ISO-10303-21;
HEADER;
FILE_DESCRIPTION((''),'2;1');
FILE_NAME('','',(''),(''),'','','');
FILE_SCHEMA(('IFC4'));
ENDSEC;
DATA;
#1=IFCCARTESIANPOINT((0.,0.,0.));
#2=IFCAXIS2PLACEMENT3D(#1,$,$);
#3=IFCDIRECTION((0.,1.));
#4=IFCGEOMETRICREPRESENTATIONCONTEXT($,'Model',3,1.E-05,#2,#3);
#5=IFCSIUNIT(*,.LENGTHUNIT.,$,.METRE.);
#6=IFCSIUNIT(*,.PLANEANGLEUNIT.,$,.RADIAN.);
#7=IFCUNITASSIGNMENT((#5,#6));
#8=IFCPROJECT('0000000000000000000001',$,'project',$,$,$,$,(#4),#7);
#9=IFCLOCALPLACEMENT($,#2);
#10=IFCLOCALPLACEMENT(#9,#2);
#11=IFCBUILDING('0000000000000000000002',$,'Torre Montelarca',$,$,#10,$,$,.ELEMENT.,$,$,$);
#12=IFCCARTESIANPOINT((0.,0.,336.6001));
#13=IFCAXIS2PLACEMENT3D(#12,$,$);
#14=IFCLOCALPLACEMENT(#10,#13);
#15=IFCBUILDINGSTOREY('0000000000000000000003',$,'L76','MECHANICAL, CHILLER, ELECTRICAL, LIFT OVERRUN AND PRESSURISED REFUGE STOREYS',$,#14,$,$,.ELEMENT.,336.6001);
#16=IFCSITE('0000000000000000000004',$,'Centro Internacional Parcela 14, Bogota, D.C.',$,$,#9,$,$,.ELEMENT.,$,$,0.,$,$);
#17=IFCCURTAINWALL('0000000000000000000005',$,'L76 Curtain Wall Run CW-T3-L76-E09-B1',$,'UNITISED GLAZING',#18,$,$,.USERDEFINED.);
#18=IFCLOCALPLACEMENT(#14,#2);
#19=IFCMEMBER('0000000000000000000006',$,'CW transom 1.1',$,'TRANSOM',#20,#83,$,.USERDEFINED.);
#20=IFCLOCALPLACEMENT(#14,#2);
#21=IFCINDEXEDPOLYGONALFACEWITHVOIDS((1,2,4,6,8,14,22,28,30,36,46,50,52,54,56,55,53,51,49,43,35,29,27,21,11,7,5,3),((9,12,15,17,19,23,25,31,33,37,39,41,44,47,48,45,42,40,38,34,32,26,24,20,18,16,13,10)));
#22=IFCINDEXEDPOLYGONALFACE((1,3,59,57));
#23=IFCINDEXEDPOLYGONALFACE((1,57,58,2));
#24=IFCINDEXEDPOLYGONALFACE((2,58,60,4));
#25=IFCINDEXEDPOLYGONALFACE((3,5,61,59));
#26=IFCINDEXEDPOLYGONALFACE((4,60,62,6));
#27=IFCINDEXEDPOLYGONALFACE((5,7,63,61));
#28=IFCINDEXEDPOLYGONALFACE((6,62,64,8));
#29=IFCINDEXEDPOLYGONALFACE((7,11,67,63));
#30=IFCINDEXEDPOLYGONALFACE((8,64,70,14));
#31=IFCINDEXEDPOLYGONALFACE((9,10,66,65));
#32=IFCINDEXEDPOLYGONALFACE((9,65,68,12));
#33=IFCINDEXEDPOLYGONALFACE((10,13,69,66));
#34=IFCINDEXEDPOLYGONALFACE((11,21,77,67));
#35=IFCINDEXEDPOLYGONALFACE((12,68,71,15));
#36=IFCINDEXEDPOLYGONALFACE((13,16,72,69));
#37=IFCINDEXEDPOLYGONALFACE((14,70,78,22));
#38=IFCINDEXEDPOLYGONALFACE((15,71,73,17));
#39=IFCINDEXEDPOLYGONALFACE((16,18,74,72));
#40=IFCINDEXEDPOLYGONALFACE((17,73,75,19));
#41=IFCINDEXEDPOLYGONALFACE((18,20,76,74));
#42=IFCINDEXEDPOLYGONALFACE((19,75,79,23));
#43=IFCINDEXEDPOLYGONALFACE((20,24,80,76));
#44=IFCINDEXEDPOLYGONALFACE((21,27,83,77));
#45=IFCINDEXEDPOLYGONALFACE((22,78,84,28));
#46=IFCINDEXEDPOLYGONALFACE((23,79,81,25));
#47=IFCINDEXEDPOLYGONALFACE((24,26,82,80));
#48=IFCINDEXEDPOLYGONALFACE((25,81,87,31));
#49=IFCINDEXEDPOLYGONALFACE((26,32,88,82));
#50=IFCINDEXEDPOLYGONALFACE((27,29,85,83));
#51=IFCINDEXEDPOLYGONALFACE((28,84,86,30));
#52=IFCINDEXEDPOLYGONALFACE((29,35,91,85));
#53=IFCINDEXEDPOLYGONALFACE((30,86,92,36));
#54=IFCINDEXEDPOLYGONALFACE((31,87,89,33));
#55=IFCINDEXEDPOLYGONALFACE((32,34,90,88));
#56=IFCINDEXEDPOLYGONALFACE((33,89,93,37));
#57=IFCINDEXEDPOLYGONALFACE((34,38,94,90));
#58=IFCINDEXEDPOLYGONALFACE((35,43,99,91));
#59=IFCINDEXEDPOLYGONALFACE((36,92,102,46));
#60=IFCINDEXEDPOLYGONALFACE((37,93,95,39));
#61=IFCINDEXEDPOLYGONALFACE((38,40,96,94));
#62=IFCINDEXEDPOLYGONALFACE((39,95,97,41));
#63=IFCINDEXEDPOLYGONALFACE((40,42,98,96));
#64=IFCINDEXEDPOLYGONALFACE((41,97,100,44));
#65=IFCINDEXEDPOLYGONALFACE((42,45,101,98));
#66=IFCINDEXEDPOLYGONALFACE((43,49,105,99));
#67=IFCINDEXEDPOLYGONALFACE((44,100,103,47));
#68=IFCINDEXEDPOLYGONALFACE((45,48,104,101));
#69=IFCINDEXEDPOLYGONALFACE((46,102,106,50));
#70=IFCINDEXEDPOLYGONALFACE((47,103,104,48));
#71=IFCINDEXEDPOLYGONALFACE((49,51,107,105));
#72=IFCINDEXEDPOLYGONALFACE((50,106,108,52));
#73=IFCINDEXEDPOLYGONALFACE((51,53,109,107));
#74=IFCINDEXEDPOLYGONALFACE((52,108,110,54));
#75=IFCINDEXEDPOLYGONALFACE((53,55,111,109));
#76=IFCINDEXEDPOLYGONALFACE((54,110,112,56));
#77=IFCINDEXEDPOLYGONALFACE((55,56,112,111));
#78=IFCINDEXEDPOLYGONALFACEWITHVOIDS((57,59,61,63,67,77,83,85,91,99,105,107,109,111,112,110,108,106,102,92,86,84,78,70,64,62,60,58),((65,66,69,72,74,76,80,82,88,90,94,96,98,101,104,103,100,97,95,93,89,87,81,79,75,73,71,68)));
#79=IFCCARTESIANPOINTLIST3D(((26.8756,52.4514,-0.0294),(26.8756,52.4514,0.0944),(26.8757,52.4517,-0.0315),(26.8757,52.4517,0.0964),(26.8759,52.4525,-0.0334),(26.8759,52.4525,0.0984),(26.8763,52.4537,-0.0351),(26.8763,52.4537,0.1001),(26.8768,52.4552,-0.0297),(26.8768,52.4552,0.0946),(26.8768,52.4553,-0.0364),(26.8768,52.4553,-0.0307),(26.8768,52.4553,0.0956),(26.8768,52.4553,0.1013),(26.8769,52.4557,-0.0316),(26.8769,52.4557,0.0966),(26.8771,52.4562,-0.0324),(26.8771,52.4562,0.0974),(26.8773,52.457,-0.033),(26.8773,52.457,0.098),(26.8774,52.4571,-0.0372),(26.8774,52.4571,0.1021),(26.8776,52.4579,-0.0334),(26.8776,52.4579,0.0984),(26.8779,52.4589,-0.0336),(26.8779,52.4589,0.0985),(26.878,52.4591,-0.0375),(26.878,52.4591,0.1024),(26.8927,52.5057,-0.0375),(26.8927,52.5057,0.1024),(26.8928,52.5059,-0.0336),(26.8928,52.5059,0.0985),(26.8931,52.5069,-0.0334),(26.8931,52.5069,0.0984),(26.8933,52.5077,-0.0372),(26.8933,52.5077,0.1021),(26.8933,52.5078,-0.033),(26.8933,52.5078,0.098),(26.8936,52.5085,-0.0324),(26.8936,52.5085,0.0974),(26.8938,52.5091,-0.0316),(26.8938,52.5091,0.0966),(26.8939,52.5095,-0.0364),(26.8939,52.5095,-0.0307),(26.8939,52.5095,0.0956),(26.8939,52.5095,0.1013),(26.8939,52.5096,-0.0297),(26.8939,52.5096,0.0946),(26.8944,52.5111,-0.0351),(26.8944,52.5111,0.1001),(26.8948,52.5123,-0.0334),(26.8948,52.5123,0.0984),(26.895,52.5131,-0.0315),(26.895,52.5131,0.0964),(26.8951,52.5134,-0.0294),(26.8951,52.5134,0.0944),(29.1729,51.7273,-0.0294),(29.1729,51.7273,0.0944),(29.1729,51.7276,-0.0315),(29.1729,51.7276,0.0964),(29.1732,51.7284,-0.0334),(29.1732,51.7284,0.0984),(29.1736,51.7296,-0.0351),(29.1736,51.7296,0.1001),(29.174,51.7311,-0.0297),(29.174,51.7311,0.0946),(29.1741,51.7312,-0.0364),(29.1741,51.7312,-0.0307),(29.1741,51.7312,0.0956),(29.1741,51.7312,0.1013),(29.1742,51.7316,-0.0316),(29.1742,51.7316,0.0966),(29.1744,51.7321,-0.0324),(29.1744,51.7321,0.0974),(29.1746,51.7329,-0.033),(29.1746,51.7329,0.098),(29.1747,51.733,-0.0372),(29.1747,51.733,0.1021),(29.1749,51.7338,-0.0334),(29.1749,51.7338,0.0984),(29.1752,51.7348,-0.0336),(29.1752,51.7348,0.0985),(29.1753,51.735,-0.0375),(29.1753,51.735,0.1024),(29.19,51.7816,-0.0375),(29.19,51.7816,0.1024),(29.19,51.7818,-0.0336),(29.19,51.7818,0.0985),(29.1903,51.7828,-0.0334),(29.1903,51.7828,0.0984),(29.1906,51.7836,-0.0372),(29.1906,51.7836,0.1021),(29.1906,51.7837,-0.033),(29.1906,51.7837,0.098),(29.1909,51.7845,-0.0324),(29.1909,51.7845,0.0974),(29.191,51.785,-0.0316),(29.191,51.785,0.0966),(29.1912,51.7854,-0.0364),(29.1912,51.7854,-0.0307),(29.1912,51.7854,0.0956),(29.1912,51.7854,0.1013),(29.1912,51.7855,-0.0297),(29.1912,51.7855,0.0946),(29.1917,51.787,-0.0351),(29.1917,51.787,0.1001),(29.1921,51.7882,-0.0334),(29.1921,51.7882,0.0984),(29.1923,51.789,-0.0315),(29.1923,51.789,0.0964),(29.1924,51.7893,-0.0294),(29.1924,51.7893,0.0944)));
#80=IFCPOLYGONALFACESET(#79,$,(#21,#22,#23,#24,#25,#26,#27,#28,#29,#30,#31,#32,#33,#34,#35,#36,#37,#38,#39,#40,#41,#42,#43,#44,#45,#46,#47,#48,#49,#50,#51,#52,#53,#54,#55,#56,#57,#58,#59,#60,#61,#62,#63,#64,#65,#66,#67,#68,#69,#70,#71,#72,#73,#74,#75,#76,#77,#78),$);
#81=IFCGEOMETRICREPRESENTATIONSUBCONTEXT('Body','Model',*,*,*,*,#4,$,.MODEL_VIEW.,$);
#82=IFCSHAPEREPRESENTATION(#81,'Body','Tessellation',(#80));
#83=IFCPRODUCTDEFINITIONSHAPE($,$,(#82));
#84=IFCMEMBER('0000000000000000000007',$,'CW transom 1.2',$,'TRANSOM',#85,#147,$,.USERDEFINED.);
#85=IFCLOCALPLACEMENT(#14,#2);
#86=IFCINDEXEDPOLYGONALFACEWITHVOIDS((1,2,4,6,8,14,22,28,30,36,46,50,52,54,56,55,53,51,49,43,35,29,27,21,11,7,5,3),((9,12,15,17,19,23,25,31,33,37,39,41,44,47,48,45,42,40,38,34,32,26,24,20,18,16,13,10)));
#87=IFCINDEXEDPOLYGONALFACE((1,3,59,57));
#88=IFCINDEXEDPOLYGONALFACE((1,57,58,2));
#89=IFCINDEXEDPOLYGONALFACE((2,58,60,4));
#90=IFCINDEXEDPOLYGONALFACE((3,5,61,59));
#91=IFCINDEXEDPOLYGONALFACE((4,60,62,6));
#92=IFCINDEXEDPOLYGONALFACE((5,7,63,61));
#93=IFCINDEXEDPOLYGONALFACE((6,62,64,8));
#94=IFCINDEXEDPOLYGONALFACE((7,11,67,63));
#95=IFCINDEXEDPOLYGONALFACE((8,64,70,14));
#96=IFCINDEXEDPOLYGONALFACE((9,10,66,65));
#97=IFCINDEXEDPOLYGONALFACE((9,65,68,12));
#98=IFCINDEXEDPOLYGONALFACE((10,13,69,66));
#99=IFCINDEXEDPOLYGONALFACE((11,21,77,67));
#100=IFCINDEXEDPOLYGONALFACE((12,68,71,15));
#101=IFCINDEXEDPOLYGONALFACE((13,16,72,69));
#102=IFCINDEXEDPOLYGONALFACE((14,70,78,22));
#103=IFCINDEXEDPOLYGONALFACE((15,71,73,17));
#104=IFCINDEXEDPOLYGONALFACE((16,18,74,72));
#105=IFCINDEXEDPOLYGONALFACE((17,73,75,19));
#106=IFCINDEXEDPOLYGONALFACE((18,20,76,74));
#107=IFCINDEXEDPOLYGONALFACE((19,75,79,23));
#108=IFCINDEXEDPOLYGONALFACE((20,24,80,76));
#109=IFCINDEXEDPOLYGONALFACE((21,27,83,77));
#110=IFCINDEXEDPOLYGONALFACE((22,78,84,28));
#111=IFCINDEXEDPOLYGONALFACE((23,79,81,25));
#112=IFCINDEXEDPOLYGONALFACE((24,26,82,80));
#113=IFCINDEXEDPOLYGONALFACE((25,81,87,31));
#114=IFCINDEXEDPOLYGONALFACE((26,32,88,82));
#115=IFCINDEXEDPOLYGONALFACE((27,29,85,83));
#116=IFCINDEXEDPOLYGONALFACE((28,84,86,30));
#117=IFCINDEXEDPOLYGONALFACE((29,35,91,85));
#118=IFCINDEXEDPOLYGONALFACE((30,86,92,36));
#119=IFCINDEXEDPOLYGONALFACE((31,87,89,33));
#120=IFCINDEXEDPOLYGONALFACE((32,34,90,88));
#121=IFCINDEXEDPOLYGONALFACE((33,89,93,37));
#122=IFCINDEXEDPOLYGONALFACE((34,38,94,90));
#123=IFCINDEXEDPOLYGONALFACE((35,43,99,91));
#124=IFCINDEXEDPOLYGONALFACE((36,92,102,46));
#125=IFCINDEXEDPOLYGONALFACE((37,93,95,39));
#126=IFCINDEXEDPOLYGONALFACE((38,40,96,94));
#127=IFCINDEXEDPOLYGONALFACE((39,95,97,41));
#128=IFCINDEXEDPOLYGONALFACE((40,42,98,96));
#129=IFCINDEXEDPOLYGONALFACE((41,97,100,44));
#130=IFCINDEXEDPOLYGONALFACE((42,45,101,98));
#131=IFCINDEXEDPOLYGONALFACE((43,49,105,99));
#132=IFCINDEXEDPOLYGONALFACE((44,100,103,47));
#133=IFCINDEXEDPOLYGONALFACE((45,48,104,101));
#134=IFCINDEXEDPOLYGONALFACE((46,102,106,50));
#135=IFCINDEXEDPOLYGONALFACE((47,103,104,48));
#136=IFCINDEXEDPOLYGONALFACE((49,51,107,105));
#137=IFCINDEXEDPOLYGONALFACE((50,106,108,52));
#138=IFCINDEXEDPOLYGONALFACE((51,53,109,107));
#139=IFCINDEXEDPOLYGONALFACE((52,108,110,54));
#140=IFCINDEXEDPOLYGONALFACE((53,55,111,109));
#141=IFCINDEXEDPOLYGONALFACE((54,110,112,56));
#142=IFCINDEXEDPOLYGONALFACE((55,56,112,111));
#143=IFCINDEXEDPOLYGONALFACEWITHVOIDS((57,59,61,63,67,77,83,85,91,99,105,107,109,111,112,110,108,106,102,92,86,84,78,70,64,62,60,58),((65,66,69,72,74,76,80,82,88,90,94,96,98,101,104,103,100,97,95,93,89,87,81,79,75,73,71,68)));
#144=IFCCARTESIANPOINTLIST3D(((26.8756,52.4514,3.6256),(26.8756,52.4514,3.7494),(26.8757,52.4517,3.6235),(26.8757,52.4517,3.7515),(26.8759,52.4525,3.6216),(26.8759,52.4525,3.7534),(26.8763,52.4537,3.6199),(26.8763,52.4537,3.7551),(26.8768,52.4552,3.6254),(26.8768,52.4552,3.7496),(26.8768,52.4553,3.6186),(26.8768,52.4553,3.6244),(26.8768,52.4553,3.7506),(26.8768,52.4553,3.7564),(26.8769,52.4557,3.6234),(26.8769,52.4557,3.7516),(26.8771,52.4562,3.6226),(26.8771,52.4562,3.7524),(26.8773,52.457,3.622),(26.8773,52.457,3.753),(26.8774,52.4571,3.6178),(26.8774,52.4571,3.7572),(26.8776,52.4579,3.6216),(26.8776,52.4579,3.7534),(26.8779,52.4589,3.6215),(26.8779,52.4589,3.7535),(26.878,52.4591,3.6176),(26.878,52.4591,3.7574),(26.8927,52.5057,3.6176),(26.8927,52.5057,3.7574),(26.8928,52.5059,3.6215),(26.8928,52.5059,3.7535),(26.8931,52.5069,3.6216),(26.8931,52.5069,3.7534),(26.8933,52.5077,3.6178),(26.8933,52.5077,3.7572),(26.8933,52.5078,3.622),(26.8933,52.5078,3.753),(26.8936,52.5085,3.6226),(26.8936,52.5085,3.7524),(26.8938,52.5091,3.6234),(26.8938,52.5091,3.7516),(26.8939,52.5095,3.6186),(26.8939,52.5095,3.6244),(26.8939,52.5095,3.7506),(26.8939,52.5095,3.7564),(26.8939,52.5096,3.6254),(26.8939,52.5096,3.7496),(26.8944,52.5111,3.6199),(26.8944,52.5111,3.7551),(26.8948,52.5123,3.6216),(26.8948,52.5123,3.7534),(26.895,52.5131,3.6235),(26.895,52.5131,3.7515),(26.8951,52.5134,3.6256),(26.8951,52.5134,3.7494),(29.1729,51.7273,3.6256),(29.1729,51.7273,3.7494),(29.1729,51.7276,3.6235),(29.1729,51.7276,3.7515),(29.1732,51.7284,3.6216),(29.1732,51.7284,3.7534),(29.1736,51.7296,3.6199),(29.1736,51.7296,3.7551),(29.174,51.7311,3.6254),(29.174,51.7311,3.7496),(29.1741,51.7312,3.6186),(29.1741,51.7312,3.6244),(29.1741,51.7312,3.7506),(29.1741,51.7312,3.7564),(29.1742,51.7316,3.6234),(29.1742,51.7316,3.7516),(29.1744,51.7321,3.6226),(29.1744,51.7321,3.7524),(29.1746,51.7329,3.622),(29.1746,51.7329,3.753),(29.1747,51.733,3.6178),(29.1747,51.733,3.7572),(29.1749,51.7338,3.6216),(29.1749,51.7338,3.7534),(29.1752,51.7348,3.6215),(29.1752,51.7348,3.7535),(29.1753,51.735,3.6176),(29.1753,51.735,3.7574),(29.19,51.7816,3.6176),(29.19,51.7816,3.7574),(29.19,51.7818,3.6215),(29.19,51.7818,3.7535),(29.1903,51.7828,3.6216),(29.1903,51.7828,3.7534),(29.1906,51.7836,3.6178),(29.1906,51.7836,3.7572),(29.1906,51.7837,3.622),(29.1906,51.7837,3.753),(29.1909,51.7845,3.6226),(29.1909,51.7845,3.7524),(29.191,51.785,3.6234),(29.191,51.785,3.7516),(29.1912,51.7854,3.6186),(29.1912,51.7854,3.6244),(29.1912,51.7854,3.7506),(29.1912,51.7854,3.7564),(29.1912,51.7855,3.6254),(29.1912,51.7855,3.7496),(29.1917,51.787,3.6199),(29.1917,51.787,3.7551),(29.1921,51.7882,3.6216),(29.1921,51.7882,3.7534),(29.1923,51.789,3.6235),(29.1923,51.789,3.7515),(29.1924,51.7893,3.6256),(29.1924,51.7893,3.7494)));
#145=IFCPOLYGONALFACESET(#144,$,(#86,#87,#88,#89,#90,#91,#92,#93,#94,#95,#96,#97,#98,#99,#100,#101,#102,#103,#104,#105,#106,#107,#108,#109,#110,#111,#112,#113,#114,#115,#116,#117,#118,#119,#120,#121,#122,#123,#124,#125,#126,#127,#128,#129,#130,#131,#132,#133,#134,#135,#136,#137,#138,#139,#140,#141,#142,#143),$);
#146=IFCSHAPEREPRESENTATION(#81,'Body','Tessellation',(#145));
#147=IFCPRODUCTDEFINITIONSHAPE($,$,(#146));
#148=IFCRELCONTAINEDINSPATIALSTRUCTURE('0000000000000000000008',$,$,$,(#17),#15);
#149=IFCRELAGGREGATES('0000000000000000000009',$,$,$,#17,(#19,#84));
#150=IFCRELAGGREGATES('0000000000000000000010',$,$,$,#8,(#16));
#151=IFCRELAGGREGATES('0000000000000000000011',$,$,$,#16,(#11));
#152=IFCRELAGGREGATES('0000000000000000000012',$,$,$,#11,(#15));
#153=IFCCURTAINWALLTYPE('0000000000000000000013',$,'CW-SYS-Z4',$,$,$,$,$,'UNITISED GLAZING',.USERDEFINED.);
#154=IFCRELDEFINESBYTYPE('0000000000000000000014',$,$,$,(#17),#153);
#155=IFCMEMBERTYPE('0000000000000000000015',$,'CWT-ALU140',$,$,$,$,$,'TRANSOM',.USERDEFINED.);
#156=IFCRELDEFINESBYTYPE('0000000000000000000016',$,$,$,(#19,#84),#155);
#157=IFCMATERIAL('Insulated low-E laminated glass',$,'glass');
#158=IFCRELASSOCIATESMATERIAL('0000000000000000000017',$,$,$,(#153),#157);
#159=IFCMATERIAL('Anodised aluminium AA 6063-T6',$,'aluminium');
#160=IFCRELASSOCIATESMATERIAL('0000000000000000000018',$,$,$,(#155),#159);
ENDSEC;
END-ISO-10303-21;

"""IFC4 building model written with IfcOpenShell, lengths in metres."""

from ifc_helpers import new_model, si_unit, direction, frame, origin, origin_2d, place, context, subcontext, project, spatial, hollow_rectangle, extrude, source, transform, mapped, material, material_profile, profile_set, type_object, element, aggregate, save


model = new_model("IFC4")

# Units and contexts
model_context = context("Model", 3, precision=1e-05, world=origin(), true_north=direction((0.0, 1.0)))
body_context = subcontext(model_context, "Body", "Model", "MODEL_VIEW")
ifc_project = project(units=[si_unit("LENGTHUNIT", "METRE"), si_unit("PLANEANGLEUNIT", "RADIAN")], contexts=[model_context])

# Site, building, storey
site_placement = place(None, origin())
site = spatial("IfcSite", under=ifc_project, at=site_placement, Name="Centro Internacional Parcela 14, Bogota, D.C.", CompositionType="ELEMENT", RefElevation=0.0)
building_placement = place(site_placement, origin())
building = spatial("IfcBuilding", under=site, at=building_placement, Name="Torre Montelarca", CompositionType="ELEMENT")
storey_placement = place(building_placement, frame((0.0, 0.0, 336.6001)))
storey = spatial("IfcBuildingStorey", under=building, at=storey_placement, Name="L76", Description="MECHANICAL, CHILLER, ELECTRICAL, LIFT OVERRUN AND PRESSURISED REFUGE STOREYS", CompositionType="ELEMENT", Elevation=336.6001)

# Curtain wall, members
ifc_material_1 = material(Name="Insulated low-E laminated glass", Category="glass")
curtain_wall_type = type_object("IfcCurtainWallType", Name="CW-SYS-Z4", ElementType="UNITISED GLAZING", PredefinedType="USERDEFINED", material=ifc_material_1)
curtain_wall_1_placement = place(storey_placement, origin())
curtain_wall_1 = element("IfcCurtainWall", 1, at=curtain_wall_1_placement, inside=storey, type_object=curtain_wall_type, Name="L76 Curtain Wall Run CW-T3-L76-E09-B1", ObjectType="UNITISED GLAZING", PredefinedType="USERDEFINED")
ifc_material_2 = material(Name="Anodised aluminium AA 6063-T6", Category="aluminium")
ifc_material_profile_1 = material_profile(ifc_material_2, hollow_rectangle(XDim=0.0649, YDim=0.1399, WallThickness=0.0039, InnerFilletRadius=0.0039, OuterFilletRadius=0.0081, at=origin_2d()), Name="ALU65X140X4", Category="aluminium")
ifc_profile_set_1 = profile_set([ifc_material_profile_1], Name="Anodised aluminium AA 6063-T6")
member_type_1 = type_object("IfcMemberType", Name="CWT-ALU140", ElementType="TRANSOM", PredefinedType="USERDEFINED", material=ifc_profile_set_1)
shared_shape_1 = source(origin(), body_context, "Body", "SweptSolid", [
    extrude(hollow_rectangle(XDim=0.0649, YDim=0.1399, WallThickness=0.0039, InnerFilletRadius=0.0039, OuterFilletRadius=0.0081, at=origin_2d()), origin(), (0.0, 0.0, 1.0), 2.4087),
])
member_1_placement = place(storey_placement, frame((29.1826, 51.7583, 0.0325), z_axis=(-0.953745, 0.300617, 0.0), x_axis=(-0.300617, -0.953745, 0.0)))
member_1 = element("IfcMember", 2, at=member_1_placement, type_object=member_type_1, Name="CW transom 1.1", ObjectType="TRANSOM", PredefinedType="USERDEFINED", context=body_context, shape_type="MappedRepresentation", body=[
    mapped(shared_shape_1, transform((0.0, 0.0, 0.0), scale=1.0)),
])
member_2_placement = place(storey_placement, frame((29.1826, 51.7583, 3.6875), z_axis=(-0.953745, 0.300617, 0.0), x_axis=(-0.300617, -0.953745, 0.0)))
member_2 = element("IfcMember", 3, at=member_2_placement, type_object=member_type_1, Name="CW transom 1.2", ObjectType="TRANSOM", PredefinedType="USERDEFINED", context=body_context, shape_type="MappedRepresentation", body=[
    mapped(shared_shape_1, transform((0.0, 0.0, 0.0), scale=1.0)),
])

aggregate(curtain_wall_1, [member_1, member_2])

save(model, "model.ifc")
